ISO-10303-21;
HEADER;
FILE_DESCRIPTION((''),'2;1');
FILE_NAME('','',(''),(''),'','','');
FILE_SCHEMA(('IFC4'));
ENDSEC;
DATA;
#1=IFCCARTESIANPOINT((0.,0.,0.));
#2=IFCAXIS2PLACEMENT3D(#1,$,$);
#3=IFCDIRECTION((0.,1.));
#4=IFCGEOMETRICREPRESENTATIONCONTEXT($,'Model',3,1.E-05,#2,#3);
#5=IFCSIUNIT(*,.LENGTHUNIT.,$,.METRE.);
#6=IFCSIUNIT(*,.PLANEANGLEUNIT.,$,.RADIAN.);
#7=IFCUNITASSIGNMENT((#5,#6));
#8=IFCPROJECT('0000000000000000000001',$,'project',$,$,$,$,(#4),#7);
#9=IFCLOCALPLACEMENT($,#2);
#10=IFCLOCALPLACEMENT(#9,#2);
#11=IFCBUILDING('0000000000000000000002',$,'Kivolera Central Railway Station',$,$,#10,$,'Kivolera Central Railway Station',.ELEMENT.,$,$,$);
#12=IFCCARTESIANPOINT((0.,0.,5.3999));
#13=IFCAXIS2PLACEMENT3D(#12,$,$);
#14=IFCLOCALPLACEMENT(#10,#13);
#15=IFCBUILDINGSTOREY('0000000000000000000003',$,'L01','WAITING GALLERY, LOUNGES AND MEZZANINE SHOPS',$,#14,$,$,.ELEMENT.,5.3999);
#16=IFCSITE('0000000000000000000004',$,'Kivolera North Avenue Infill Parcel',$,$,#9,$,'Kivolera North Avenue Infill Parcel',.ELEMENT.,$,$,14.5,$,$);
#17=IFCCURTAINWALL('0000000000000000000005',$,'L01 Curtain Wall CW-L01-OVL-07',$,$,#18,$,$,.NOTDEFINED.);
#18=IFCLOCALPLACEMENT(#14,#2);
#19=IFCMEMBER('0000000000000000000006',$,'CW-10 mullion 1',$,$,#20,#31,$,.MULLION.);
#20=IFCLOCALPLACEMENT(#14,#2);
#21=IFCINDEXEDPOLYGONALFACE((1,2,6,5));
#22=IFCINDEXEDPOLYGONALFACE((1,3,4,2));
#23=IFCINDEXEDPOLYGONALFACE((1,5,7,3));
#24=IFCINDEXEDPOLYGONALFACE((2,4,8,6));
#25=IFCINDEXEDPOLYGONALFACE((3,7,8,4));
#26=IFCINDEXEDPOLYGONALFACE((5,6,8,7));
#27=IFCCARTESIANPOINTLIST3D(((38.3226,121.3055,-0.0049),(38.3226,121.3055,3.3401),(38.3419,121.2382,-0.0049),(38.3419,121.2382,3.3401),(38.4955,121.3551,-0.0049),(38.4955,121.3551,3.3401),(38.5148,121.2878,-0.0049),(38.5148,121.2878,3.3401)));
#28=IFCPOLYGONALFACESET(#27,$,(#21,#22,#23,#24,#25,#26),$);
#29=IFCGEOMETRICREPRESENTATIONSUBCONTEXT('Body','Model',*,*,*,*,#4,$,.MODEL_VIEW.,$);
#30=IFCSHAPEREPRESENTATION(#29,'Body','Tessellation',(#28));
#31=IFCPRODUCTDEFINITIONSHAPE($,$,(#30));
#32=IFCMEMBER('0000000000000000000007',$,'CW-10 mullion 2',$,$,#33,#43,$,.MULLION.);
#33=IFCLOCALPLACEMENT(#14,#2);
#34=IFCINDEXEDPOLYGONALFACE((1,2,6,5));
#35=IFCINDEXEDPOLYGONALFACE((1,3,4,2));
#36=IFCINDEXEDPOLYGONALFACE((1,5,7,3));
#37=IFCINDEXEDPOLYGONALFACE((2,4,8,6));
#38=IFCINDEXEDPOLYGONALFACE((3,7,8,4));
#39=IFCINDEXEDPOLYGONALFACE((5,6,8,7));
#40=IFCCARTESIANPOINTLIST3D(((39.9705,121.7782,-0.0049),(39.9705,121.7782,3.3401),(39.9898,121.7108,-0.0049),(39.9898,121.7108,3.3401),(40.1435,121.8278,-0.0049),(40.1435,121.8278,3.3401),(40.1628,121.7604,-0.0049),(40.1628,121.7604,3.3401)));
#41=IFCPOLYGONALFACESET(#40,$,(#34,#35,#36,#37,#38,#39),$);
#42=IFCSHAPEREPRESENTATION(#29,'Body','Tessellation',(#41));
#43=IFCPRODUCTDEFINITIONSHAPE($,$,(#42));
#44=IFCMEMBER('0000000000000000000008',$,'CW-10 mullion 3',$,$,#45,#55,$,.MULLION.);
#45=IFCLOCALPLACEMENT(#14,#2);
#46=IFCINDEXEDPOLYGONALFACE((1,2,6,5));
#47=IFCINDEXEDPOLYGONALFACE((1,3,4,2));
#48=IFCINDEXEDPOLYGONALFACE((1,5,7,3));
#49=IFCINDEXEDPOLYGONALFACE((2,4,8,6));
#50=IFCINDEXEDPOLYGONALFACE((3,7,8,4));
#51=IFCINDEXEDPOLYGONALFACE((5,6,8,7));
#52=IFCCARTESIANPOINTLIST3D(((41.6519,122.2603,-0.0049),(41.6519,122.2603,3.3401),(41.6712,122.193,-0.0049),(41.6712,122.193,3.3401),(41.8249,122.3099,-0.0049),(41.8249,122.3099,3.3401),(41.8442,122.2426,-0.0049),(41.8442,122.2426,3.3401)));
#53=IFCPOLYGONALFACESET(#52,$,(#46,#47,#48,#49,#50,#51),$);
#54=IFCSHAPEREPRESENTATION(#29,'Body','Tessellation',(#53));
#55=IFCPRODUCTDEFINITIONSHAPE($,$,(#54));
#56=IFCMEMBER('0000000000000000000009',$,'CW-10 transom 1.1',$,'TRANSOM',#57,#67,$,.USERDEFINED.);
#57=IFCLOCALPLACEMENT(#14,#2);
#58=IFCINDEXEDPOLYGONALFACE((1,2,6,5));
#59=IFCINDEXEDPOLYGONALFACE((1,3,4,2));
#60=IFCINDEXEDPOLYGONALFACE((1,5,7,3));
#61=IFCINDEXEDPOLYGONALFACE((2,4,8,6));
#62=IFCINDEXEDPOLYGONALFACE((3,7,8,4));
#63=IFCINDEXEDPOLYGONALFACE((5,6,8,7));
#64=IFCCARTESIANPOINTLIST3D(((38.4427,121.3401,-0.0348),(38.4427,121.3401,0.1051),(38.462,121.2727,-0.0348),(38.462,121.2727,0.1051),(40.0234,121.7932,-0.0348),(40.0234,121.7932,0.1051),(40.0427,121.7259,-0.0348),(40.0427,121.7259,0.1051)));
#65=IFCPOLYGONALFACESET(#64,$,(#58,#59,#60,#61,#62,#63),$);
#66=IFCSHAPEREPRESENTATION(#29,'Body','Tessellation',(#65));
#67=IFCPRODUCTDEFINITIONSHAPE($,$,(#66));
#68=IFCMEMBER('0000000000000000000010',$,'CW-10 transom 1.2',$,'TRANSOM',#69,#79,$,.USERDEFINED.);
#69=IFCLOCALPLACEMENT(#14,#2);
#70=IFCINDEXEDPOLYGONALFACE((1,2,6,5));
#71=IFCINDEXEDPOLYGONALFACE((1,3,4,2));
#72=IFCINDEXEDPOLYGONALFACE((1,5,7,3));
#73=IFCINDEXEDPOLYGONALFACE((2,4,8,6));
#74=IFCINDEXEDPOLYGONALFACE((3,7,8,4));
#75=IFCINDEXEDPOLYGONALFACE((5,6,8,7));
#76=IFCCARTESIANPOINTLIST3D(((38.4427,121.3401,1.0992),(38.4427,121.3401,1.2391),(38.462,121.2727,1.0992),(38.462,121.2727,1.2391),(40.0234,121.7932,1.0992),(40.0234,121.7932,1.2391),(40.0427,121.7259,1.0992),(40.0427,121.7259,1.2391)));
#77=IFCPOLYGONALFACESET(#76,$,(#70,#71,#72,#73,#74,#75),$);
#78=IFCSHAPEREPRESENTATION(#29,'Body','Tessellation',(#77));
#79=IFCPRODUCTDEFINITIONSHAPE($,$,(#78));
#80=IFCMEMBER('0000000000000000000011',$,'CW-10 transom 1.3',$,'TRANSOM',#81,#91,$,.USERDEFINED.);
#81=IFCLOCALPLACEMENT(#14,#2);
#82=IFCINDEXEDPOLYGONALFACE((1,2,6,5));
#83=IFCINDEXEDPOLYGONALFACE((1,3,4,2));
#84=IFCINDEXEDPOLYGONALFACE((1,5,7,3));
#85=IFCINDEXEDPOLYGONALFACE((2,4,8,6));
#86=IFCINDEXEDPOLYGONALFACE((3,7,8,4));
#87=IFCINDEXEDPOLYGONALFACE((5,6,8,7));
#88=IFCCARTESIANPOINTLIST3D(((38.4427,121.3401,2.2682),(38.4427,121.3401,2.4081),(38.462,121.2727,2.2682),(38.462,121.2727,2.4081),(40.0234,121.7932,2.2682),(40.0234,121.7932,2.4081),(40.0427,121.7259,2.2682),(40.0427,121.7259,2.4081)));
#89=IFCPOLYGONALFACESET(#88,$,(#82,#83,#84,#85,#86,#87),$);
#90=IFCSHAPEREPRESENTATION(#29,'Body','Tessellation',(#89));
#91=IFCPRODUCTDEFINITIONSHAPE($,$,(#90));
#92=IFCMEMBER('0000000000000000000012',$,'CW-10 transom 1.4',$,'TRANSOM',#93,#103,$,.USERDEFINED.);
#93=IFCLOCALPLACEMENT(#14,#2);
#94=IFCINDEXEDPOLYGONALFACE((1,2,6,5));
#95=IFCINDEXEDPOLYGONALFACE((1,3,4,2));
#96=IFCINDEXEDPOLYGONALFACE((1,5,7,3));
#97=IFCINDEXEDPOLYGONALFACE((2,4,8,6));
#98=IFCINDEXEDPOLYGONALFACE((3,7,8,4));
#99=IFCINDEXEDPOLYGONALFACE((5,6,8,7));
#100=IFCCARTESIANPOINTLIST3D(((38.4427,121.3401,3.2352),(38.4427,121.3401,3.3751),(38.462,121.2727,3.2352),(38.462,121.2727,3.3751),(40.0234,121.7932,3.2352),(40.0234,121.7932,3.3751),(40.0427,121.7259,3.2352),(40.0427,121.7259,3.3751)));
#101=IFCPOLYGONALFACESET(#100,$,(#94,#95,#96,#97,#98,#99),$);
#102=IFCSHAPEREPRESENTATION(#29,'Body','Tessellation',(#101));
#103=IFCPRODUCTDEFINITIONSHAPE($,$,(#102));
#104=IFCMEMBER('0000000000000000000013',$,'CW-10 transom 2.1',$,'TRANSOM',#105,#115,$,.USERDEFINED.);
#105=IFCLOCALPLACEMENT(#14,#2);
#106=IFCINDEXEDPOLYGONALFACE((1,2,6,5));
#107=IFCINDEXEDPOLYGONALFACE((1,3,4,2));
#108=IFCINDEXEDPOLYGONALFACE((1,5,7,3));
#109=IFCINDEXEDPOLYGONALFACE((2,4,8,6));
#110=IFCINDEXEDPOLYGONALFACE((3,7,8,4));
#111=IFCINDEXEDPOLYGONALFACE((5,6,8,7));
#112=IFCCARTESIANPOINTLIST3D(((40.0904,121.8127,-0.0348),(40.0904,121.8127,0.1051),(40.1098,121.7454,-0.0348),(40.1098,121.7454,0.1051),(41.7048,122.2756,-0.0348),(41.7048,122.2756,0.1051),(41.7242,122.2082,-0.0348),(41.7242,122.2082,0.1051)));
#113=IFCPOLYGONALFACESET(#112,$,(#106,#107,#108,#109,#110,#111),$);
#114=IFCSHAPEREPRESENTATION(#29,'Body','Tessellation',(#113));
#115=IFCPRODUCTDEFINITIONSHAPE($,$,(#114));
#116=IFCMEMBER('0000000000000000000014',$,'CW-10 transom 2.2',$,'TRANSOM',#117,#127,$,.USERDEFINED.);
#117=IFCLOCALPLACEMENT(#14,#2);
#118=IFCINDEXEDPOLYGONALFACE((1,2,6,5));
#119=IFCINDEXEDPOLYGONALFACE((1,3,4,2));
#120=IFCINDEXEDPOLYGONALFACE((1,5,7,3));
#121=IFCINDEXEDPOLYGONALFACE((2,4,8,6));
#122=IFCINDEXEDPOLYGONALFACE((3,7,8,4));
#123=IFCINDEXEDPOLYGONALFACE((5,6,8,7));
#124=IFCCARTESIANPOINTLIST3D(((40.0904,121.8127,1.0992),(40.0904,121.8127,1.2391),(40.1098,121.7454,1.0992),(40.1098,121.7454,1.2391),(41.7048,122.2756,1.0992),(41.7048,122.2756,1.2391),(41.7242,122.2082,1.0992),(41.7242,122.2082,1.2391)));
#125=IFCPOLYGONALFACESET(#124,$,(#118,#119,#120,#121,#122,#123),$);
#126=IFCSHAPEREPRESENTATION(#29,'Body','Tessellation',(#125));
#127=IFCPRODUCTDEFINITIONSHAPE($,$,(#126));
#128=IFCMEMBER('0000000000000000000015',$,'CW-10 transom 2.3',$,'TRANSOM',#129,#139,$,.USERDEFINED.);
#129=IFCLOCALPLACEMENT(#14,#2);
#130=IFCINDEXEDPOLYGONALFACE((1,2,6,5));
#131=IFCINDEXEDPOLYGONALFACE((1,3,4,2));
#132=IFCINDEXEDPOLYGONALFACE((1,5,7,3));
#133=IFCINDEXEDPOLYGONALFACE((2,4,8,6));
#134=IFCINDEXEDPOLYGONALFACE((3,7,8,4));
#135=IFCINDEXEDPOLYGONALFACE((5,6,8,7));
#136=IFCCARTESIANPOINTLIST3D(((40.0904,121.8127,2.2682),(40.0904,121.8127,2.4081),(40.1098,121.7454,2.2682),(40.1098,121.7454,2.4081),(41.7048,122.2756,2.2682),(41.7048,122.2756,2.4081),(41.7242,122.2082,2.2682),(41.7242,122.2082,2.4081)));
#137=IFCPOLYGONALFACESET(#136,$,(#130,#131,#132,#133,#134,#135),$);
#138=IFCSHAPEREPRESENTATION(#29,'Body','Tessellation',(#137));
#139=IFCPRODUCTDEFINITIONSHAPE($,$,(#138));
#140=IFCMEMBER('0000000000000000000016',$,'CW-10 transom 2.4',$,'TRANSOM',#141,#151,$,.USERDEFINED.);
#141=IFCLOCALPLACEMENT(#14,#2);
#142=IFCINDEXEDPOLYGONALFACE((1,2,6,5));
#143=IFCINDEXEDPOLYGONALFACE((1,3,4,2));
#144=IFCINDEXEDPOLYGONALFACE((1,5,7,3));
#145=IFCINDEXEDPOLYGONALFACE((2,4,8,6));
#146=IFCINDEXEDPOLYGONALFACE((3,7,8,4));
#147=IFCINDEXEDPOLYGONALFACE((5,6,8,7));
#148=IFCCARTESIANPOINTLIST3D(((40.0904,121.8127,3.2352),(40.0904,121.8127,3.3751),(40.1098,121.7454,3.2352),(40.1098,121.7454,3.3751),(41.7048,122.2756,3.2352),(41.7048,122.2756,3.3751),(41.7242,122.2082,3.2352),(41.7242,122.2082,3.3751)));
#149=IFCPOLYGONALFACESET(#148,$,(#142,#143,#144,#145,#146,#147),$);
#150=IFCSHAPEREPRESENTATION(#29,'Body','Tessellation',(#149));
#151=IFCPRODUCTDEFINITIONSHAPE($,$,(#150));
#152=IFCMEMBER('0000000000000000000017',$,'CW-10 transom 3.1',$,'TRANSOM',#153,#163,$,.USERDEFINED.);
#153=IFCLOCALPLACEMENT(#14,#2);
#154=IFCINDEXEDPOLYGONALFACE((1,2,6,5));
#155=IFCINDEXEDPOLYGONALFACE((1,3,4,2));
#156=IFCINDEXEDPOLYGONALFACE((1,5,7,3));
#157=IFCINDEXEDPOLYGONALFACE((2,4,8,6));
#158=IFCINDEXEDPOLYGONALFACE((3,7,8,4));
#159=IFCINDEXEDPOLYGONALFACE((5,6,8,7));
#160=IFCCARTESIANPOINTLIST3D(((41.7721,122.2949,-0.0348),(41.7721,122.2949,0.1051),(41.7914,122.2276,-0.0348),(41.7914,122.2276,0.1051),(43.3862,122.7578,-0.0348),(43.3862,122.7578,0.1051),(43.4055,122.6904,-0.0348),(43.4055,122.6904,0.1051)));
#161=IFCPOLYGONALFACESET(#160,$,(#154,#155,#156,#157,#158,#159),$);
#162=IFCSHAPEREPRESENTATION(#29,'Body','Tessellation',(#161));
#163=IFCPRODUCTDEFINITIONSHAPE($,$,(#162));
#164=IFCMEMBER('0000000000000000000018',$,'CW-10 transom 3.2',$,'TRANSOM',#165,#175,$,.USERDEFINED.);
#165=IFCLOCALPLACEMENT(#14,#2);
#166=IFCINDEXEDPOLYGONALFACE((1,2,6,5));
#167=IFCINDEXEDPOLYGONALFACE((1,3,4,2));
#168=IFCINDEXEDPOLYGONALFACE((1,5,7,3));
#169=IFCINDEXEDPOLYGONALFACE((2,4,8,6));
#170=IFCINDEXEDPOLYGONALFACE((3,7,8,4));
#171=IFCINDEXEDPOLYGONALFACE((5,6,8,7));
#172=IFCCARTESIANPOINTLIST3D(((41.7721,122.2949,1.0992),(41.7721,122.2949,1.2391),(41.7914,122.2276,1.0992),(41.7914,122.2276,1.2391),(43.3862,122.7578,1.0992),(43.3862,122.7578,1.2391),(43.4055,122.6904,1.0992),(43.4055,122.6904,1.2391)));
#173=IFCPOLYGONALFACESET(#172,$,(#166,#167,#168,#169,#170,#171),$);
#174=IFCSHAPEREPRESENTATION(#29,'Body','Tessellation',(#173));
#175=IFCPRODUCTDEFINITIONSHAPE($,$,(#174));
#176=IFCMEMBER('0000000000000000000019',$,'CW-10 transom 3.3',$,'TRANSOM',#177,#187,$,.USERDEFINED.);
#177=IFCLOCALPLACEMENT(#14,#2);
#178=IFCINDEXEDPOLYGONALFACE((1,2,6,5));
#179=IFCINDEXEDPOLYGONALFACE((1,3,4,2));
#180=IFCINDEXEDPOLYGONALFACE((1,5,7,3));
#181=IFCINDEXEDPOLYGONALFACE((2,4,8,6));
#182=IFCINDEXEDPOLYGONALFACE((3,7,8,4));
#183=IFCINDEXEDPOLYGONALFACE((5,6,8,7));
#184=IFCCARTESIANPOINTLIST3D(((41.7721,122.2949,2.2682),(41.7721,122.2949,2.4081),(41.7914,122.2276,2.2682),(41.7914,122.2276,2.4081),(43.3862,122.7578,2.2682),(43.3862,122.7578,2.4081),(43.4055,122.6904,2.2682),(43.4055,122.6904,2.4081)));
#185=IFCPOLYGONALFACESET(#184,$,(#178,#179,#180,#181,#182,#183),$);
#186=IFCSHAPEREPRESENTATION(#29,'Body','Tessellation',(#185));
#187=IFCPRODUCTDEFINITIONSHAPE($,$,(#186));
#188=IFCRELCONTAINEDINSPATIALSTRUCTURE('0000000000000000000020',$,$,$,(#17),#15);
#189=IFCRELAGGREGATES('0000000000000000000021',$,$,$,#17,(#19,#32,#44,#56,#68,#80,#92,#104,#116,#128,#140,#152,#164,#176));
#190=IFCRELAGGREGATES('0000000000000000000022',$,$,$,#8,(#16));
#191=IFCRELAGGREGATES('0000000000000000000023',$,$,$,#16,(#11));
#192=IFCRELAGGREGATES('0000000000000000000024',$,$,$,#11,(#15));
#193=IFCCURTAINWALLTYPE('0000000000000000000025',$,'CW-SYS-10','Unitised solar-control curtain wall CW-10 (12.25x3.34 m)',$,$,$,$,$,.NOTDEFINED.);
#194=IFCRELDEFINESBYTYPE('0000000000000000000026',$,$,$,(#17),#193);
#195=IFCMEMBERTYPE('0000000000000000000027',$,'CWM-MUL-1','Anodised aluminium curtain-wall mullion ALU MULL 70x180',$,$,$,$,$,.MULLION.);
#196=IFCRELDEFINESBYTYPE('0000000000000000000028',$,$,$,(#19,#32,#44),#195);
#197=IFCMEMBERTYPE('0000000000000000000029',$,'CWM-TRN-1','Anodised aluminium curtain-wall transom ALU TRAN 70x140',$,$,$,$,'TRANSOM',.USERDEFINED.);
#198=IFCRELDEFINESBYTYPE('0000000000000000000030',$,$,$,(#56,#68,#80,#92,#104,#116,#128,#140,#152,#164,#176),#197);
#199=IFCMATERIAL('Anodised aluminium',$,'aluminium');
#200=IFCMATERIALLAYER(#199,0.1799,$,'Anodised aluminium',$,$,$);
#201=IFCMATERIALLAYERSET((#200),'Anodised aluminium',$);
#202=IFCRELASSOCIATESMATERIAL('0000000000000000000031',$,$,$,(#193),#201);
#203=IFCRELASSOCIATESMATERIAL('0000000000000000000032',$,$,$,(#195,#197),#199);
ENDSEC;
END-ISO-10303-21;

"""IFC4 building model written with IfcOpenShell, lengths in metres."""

from ifc_helpers import new_model, si_unit, direction, frame, origin, origin_2d, place, context, subcontext, project, spatial, rectangle, extrude, material, layer, layer_set, material_profile, profile_set, type_object, element, aggregate, save


model = new_model("IFC4")

# Units and contexts
model_context = context("Model", 3, precision=1e-05, world=origin(), true_north=direction((0.0, 1.0)))
body_context = subcontext(model_context, "Body", "Model", "MODEL_VIEW")
ifc_project = project(units=[si_unit("LENGTHUNIT", "METRE"), si_unit("PLANEANGLEUNIT", "RADIAN")], contexts=[model_context])

# Site, building, storey
site_placement = place(None, origin())
site = spatial("IfcSite", under=ifc_project, at=site_placement, Name="Kivolera North Avenue Infill Parcel", LongName="Kivolera North Avenue Infill Parcel", CompositionType="ELEMENT", RefElevation=14.5)
building_placement = place(site_placement, origin())
building = spatial("IfcBuilding", under=site, at=building_placement, Name="Kivolera Central Railway Station", LongName="Kivolera Central Railway Station", CompositionType="ELEMENT")
storey_placement = place(building_placement, frame((0.0, 0.0, 5.3999)))
storey = spatial("IfcBuildingStorey", under=building, at=storey_placement, Name="L01", Description="WAITING GALLERY, LOUNGES AND MEZZANINE SHOPS", CompositionType="ELEMENT", Elevation=5.3999)

# Curtain wall, members
ifc_material_1 = material(Name="Anodised aluminium", Category="aluminium")
ifc_layer_1 = layer(ifc_material_1, 0.1799, Name="Anodised aluminium")
ifc_layer_set_1 = layer_set([ifc_layer_1], Name="Anodised aluminium")
curtain_wall_type = type_object("IfcCurtainWallType", Name="CW-SYS-10", Description="Unitised solar-control curtain wall CW-10 (12.25x3.34 m)", PredefinedType="NOTDEFINED", material=ifc_layer_set_1)
curtain_wall_placement = place(storey_placement, origin())
curtain_wall = element("IfcCurtainWall", 1, at=curtain_wall_placement, inside=storey, type_object=curtain_wall_type, Name="L01 Curtain Wall CW-L01-OVL-07", PredefinedType="NOTDEFINED")
ifc_material_profile_1 = material_profile(ifc_material_1, rectangle(XDim=0.0701, YDim=0.1799, at=origin_2d()), Name="ALU MULL 70x180")
ifc_profile_set_1 = profile_set([ifc_material_profile_1], Name="Anodised aluminium")
member_type_1 = type_object("IfcMemberType", Name="CWM-MUL-1", Description="Anodised aluminium curtain-wall mullion ALU MULL 70x180", PredefinedType="MULLION", material=ifc_profile_set_1)
member_1_placement = place(storey_placement, frame((38.4187, 121.2966, -0.0049), z_axis=(0.0, 0.0, 1.0), x_axis=(-0.275692, 0.961246, 0.0)))
member_1 = element("IfcMember", 2, at=member_1_placement, type_object=member_type_1, Name="CW-10 mullion 1", PredefinedType="MULLION", context=body_context, shape_type="SweptSolid", body=[
    extrude(rectangle(XDim=0.0701, YDim=0.1799, at=origin_2d()), origin(), (0.0, 0.0, 1.0), 3.345),
])
member_2_placement = place(storey_placement, frame((40.0667, 121.7693, -0.0049), z_axis=(0.0, 0.0, 1.0), x_axis=(-0.275692, 0.961246, 0.0)))
member_2 = element("IfcMember", 3, at=member_2_placement, type_object=member_type_1, Name="CW-10 mullion 2", PredefinedType="MULLION", context=body_context, shape_type="SweptSolid", body=[
    extrude(rectangle(XDim=0.0701, YDim=0.1799, at=origin_2d()), origin(), (0.0, 0.0, 1.0), 3.345),
])
member_3_placement = place(storey_placement, frame((41.748, 122.2515, -0.0049), z_axis=(0.0, 0.0, 1.0), x_axis=(-0.275692, 0.961246, 0.0)))
member_3 = element("IfcMember", 4, at=member_3_placement, type_object=member_type_1, Name="CW-10 mullion 3", PredefinedType="MULLION", context=body_context, shape_type="SweptSolid", body=[
    extrude(rectangle(XDim=0.0701, YDim=0.1799, at=origin_2d()), origin(), (0.0, 0.0, 1.0), 3.345),
])
ifc_material_profile_2 = material_profile(ifc_material_1, rectangle(XDim=0.0701, YDim=0.1399, at=origin_2d()), Name="ALU TRAN 70x140")
ifc_profile_set_2 = profile_set([ifc_material_profile_2], Name="Anodised aluminium")
member_type_2 = type_object("IfcMemberType", Name="CWM-TRN-1", Description="Anodised aluminium curtain-wall transom ALU TRAN 70x140", ElementType="TRANSOM", PredefinedType="USERDEFINED", material=ifc_profile_set_2)
member_4_placement = place(storey_placement, frame((38.4524, 121.3064, 0.0352), z_axis=(0.961277, 0.275584, 0.0), x_axis=(-0.275584, 0.961277, 0.0)))
member_4 = element("IfcMember", 5, at=member_4_placement, type_object=member_type_2, Name="CW-10 transom 1.1", ObjectType="TRANSOM", PredefinedType="USERDEFINED", context=body_context, shape_type="SweptSolid", body=[
    extrude(rectangle(XDim=0.0701, YDim=0.1399, at=origin_2d()), origin(), (0.0, 0.0, 1.0), 1.6443),
])
member_5_placement = place(storey_placement, frame((38.4524, 121.3064, 1.1692), z_axis=(0.961277, 0.275584, 0.0), x_axis=(-0.275584, 0.961277, 0.0)))
member_5 = element("IfcMember", 6, at=member_5_placement, type_object=member_type_2, Name="CW-10 transom 1.2", ObjectType="TRANSOM", PredefinedType="USERDEFINED", context=body_context, shape_type="SweptSolid", body=[
    extrude(rectangle(XDim=0.0701, YDim=0.1399, at=origin_2d()), origin(), (0.0, 0.0, 1.0), 1.6443),
])
member_6_placement = place(storey_placement, frame((38.4524, 121.3064, 2.3381), z_axis=(0.961277, 0.275584, 0.0), x_axis=(-0.275584, 0.961277, 0.0)))
member_6 = element("IfcMember", 7, at=member_6_placement, type_object=member_type_2, Name="CW-10 transom 1.3", ObjectType="TRANSOM", PredefinedType="USERDEFINED", context=body_context, shape_type="SweptSolid", body=[
    extrude(rectangle(XDim=0.0701, YDim=0.1399, at=origin_2d()), origin(), (0.0, 0.0, 1.0), 1.6443),
])
member_7_placement = place(storey_placement, frame((38.4524, 121.3064, 3.3052), z_axis=(0.961277, 0.275584, 0.0), x_axis=(-0.275584, 0.961277, 0.0)))
member_7 = element("IfcMember", 8, at=member_7_placement, type_object=member_type_2, Name="CW-10 transom 1.4", ObjectType="TRANSOM", PredefinedType="USERDEFINED", context=body_context, shape_type="SweptSolid", body=[
    extrude(rectangle(XDim=0.0701, YDim=0.1399, at=origin_2d()), origin(), (0.0, 0.0, 1.0), 1.6443),
])
member_8_placement = place(storey_placement, frame((40.1001, 121.7791, 0.0352), z_axis=(0.961271, 0.275604, 0.0), x_axis=(-0.275604, 0.961271, 0.0)))
member_8 = element("IfcMember", 9, at=member_8_placement, type_object=member_type_2, Name="CW-10 transom 2.1", ObjectType="TRANSOM", PredefinedType="USERDEFINED", context=body_context, shape_type="SweptSolid", body=[
    extrude(rectangle(XDim=0.0701, YDim=0.1399, at=origin_2d()), origin(), (0.0, 0.0, 1.0), 1.6794),
])
member_9_placement = place(storey_placement, frame((40.1001, 121.7791, 1.1692), z_axis=(0.961271, 0.275604, 0.0), x_axis=(-0.275604, 0.961271, 0.0)))
member_9 = element("IfcMember", 10, at=member_9_placement, type_object=member_type_2, Name="CW-10 transom 2.2", ObjectType="TRANSOM", PredefinedType="USERDEFINED", context=body_context, shape_type="SweptSolid", body=[
    extrude(rectangle(XDim=0.0701, YDim=0.1399, at=origin_2d()), origin(), (0.0, 0.0, 1.0), 1.6794),
])
member_10_placement = place(storey_placement, frame((40.1001, 121.7791, 2.3381), z_axis=(0.961271, 0.275604, 0.0), x_axis=(-0.275604, 0.961271, 0.0)))
member_10 = element("IfcMember", 11, at=member_10_placement, type_object=member_type_2, Name="CW-10 transom 2.3", ObjectType="TRANSOM", PredefinedType="USERDEFINED", context=body_context, shape_type="SweptSolid", body=[
    extrude(rectangle(XDim=0.0701, YDim=0.1399, at=origin_2d()), origin(), (0.0, 0.0, 1.0), 1.6794),
])
member_11_placement = place(storey_placement, frame((40.1001, 121.7791, 3.3052), z_axis=(0.961271, 0.275604, 0.0), x_axis=(-0.275604, 0.961271, 0.0)))
member_11 = element("IfcMember", 12, at=member_11_placement, type_object=member_type_2, Name="CW-10 transom 2.4", ObjectType="TRANSOM", PredefinedType="USERDEFINED", context=body_context, shape_type="SweptSolid", body=[
    extrude(rectangle(XDim=0.0701, YDim=0.1399, at=origin_2d()), origin(), (0.0, 0.0, 1.0), 1.6794),
])
member_12_placement = place(storey_placement, frame((41.7817, 122.2612, 0.0352), z_axis=(0.96126, 0.275643, 0.0), x_axis=(-0.275643, 0.96126, 0.0)))
member_12 = element("IfcMember", 13, at=member_12_placement, type_object=member_type_2, Name="CW-10 transom 3.1", ObjectType="TRANSOM", PredefinedType="USERDEFINED", context=body_context, shape_type="SweptSolid", body=[
    extrude(rectangle(XDim=0.0701, YDim=0.1399, at=origin_2d()), origin(), (0.0, 0.0, 1.0), 1.6792),
])
member_13_placement = place(storey_placement, frame((41.7817, 122.2612, 1.1692), z_axis=(0.96126, 0.275643, 0.0), x_axis=(-0.275643, 0.96126, 0.0)))
member_13 = element("IfcMember", 14, at=member_13_placement, type_object=member_type_2, Name="CW-10 transom 3.2", ObjectType="TRANSOM", PredefinedType="USERDEFINED", context=body_context, shape_type="SweptSolid", body=[
    extrude(rectangle(XDim=0.0701, YDim=0.1399, at=origin_2d()), origin(), (0.0, 0.0, 1.0), 1.6792),
])
member_14_placement = place(storey_placement, frame((41.7817, 122.2612, 2.3381), z_axis=(0.96126, 0.275643, 0.0), x_axis=(-0.275643, 0.96126, 0.0)))
member_14 = element("IfcMember", 15, at=member_14_placement, type_object=member_type_2, Name="CW-10 transom 3.3", ObjectType="TRANSOM", PredefinedType="USERDEFINED", context=body_context, shape_type="SweptSolid", body=[
    extrude(rectangle(XDim=0.0701, YDim=0.1399, at=origin_2d()), origin(), (0.0, 0.0, 1.0), 1.6792),
])
aggregate(curtain_wall, [member_1, member_2, member_3, member_4, member_5, member_6, member_7, member_8, member_9, member_10, member_11, member_12, member_13, member_14])

save(model, "model.ifc")
